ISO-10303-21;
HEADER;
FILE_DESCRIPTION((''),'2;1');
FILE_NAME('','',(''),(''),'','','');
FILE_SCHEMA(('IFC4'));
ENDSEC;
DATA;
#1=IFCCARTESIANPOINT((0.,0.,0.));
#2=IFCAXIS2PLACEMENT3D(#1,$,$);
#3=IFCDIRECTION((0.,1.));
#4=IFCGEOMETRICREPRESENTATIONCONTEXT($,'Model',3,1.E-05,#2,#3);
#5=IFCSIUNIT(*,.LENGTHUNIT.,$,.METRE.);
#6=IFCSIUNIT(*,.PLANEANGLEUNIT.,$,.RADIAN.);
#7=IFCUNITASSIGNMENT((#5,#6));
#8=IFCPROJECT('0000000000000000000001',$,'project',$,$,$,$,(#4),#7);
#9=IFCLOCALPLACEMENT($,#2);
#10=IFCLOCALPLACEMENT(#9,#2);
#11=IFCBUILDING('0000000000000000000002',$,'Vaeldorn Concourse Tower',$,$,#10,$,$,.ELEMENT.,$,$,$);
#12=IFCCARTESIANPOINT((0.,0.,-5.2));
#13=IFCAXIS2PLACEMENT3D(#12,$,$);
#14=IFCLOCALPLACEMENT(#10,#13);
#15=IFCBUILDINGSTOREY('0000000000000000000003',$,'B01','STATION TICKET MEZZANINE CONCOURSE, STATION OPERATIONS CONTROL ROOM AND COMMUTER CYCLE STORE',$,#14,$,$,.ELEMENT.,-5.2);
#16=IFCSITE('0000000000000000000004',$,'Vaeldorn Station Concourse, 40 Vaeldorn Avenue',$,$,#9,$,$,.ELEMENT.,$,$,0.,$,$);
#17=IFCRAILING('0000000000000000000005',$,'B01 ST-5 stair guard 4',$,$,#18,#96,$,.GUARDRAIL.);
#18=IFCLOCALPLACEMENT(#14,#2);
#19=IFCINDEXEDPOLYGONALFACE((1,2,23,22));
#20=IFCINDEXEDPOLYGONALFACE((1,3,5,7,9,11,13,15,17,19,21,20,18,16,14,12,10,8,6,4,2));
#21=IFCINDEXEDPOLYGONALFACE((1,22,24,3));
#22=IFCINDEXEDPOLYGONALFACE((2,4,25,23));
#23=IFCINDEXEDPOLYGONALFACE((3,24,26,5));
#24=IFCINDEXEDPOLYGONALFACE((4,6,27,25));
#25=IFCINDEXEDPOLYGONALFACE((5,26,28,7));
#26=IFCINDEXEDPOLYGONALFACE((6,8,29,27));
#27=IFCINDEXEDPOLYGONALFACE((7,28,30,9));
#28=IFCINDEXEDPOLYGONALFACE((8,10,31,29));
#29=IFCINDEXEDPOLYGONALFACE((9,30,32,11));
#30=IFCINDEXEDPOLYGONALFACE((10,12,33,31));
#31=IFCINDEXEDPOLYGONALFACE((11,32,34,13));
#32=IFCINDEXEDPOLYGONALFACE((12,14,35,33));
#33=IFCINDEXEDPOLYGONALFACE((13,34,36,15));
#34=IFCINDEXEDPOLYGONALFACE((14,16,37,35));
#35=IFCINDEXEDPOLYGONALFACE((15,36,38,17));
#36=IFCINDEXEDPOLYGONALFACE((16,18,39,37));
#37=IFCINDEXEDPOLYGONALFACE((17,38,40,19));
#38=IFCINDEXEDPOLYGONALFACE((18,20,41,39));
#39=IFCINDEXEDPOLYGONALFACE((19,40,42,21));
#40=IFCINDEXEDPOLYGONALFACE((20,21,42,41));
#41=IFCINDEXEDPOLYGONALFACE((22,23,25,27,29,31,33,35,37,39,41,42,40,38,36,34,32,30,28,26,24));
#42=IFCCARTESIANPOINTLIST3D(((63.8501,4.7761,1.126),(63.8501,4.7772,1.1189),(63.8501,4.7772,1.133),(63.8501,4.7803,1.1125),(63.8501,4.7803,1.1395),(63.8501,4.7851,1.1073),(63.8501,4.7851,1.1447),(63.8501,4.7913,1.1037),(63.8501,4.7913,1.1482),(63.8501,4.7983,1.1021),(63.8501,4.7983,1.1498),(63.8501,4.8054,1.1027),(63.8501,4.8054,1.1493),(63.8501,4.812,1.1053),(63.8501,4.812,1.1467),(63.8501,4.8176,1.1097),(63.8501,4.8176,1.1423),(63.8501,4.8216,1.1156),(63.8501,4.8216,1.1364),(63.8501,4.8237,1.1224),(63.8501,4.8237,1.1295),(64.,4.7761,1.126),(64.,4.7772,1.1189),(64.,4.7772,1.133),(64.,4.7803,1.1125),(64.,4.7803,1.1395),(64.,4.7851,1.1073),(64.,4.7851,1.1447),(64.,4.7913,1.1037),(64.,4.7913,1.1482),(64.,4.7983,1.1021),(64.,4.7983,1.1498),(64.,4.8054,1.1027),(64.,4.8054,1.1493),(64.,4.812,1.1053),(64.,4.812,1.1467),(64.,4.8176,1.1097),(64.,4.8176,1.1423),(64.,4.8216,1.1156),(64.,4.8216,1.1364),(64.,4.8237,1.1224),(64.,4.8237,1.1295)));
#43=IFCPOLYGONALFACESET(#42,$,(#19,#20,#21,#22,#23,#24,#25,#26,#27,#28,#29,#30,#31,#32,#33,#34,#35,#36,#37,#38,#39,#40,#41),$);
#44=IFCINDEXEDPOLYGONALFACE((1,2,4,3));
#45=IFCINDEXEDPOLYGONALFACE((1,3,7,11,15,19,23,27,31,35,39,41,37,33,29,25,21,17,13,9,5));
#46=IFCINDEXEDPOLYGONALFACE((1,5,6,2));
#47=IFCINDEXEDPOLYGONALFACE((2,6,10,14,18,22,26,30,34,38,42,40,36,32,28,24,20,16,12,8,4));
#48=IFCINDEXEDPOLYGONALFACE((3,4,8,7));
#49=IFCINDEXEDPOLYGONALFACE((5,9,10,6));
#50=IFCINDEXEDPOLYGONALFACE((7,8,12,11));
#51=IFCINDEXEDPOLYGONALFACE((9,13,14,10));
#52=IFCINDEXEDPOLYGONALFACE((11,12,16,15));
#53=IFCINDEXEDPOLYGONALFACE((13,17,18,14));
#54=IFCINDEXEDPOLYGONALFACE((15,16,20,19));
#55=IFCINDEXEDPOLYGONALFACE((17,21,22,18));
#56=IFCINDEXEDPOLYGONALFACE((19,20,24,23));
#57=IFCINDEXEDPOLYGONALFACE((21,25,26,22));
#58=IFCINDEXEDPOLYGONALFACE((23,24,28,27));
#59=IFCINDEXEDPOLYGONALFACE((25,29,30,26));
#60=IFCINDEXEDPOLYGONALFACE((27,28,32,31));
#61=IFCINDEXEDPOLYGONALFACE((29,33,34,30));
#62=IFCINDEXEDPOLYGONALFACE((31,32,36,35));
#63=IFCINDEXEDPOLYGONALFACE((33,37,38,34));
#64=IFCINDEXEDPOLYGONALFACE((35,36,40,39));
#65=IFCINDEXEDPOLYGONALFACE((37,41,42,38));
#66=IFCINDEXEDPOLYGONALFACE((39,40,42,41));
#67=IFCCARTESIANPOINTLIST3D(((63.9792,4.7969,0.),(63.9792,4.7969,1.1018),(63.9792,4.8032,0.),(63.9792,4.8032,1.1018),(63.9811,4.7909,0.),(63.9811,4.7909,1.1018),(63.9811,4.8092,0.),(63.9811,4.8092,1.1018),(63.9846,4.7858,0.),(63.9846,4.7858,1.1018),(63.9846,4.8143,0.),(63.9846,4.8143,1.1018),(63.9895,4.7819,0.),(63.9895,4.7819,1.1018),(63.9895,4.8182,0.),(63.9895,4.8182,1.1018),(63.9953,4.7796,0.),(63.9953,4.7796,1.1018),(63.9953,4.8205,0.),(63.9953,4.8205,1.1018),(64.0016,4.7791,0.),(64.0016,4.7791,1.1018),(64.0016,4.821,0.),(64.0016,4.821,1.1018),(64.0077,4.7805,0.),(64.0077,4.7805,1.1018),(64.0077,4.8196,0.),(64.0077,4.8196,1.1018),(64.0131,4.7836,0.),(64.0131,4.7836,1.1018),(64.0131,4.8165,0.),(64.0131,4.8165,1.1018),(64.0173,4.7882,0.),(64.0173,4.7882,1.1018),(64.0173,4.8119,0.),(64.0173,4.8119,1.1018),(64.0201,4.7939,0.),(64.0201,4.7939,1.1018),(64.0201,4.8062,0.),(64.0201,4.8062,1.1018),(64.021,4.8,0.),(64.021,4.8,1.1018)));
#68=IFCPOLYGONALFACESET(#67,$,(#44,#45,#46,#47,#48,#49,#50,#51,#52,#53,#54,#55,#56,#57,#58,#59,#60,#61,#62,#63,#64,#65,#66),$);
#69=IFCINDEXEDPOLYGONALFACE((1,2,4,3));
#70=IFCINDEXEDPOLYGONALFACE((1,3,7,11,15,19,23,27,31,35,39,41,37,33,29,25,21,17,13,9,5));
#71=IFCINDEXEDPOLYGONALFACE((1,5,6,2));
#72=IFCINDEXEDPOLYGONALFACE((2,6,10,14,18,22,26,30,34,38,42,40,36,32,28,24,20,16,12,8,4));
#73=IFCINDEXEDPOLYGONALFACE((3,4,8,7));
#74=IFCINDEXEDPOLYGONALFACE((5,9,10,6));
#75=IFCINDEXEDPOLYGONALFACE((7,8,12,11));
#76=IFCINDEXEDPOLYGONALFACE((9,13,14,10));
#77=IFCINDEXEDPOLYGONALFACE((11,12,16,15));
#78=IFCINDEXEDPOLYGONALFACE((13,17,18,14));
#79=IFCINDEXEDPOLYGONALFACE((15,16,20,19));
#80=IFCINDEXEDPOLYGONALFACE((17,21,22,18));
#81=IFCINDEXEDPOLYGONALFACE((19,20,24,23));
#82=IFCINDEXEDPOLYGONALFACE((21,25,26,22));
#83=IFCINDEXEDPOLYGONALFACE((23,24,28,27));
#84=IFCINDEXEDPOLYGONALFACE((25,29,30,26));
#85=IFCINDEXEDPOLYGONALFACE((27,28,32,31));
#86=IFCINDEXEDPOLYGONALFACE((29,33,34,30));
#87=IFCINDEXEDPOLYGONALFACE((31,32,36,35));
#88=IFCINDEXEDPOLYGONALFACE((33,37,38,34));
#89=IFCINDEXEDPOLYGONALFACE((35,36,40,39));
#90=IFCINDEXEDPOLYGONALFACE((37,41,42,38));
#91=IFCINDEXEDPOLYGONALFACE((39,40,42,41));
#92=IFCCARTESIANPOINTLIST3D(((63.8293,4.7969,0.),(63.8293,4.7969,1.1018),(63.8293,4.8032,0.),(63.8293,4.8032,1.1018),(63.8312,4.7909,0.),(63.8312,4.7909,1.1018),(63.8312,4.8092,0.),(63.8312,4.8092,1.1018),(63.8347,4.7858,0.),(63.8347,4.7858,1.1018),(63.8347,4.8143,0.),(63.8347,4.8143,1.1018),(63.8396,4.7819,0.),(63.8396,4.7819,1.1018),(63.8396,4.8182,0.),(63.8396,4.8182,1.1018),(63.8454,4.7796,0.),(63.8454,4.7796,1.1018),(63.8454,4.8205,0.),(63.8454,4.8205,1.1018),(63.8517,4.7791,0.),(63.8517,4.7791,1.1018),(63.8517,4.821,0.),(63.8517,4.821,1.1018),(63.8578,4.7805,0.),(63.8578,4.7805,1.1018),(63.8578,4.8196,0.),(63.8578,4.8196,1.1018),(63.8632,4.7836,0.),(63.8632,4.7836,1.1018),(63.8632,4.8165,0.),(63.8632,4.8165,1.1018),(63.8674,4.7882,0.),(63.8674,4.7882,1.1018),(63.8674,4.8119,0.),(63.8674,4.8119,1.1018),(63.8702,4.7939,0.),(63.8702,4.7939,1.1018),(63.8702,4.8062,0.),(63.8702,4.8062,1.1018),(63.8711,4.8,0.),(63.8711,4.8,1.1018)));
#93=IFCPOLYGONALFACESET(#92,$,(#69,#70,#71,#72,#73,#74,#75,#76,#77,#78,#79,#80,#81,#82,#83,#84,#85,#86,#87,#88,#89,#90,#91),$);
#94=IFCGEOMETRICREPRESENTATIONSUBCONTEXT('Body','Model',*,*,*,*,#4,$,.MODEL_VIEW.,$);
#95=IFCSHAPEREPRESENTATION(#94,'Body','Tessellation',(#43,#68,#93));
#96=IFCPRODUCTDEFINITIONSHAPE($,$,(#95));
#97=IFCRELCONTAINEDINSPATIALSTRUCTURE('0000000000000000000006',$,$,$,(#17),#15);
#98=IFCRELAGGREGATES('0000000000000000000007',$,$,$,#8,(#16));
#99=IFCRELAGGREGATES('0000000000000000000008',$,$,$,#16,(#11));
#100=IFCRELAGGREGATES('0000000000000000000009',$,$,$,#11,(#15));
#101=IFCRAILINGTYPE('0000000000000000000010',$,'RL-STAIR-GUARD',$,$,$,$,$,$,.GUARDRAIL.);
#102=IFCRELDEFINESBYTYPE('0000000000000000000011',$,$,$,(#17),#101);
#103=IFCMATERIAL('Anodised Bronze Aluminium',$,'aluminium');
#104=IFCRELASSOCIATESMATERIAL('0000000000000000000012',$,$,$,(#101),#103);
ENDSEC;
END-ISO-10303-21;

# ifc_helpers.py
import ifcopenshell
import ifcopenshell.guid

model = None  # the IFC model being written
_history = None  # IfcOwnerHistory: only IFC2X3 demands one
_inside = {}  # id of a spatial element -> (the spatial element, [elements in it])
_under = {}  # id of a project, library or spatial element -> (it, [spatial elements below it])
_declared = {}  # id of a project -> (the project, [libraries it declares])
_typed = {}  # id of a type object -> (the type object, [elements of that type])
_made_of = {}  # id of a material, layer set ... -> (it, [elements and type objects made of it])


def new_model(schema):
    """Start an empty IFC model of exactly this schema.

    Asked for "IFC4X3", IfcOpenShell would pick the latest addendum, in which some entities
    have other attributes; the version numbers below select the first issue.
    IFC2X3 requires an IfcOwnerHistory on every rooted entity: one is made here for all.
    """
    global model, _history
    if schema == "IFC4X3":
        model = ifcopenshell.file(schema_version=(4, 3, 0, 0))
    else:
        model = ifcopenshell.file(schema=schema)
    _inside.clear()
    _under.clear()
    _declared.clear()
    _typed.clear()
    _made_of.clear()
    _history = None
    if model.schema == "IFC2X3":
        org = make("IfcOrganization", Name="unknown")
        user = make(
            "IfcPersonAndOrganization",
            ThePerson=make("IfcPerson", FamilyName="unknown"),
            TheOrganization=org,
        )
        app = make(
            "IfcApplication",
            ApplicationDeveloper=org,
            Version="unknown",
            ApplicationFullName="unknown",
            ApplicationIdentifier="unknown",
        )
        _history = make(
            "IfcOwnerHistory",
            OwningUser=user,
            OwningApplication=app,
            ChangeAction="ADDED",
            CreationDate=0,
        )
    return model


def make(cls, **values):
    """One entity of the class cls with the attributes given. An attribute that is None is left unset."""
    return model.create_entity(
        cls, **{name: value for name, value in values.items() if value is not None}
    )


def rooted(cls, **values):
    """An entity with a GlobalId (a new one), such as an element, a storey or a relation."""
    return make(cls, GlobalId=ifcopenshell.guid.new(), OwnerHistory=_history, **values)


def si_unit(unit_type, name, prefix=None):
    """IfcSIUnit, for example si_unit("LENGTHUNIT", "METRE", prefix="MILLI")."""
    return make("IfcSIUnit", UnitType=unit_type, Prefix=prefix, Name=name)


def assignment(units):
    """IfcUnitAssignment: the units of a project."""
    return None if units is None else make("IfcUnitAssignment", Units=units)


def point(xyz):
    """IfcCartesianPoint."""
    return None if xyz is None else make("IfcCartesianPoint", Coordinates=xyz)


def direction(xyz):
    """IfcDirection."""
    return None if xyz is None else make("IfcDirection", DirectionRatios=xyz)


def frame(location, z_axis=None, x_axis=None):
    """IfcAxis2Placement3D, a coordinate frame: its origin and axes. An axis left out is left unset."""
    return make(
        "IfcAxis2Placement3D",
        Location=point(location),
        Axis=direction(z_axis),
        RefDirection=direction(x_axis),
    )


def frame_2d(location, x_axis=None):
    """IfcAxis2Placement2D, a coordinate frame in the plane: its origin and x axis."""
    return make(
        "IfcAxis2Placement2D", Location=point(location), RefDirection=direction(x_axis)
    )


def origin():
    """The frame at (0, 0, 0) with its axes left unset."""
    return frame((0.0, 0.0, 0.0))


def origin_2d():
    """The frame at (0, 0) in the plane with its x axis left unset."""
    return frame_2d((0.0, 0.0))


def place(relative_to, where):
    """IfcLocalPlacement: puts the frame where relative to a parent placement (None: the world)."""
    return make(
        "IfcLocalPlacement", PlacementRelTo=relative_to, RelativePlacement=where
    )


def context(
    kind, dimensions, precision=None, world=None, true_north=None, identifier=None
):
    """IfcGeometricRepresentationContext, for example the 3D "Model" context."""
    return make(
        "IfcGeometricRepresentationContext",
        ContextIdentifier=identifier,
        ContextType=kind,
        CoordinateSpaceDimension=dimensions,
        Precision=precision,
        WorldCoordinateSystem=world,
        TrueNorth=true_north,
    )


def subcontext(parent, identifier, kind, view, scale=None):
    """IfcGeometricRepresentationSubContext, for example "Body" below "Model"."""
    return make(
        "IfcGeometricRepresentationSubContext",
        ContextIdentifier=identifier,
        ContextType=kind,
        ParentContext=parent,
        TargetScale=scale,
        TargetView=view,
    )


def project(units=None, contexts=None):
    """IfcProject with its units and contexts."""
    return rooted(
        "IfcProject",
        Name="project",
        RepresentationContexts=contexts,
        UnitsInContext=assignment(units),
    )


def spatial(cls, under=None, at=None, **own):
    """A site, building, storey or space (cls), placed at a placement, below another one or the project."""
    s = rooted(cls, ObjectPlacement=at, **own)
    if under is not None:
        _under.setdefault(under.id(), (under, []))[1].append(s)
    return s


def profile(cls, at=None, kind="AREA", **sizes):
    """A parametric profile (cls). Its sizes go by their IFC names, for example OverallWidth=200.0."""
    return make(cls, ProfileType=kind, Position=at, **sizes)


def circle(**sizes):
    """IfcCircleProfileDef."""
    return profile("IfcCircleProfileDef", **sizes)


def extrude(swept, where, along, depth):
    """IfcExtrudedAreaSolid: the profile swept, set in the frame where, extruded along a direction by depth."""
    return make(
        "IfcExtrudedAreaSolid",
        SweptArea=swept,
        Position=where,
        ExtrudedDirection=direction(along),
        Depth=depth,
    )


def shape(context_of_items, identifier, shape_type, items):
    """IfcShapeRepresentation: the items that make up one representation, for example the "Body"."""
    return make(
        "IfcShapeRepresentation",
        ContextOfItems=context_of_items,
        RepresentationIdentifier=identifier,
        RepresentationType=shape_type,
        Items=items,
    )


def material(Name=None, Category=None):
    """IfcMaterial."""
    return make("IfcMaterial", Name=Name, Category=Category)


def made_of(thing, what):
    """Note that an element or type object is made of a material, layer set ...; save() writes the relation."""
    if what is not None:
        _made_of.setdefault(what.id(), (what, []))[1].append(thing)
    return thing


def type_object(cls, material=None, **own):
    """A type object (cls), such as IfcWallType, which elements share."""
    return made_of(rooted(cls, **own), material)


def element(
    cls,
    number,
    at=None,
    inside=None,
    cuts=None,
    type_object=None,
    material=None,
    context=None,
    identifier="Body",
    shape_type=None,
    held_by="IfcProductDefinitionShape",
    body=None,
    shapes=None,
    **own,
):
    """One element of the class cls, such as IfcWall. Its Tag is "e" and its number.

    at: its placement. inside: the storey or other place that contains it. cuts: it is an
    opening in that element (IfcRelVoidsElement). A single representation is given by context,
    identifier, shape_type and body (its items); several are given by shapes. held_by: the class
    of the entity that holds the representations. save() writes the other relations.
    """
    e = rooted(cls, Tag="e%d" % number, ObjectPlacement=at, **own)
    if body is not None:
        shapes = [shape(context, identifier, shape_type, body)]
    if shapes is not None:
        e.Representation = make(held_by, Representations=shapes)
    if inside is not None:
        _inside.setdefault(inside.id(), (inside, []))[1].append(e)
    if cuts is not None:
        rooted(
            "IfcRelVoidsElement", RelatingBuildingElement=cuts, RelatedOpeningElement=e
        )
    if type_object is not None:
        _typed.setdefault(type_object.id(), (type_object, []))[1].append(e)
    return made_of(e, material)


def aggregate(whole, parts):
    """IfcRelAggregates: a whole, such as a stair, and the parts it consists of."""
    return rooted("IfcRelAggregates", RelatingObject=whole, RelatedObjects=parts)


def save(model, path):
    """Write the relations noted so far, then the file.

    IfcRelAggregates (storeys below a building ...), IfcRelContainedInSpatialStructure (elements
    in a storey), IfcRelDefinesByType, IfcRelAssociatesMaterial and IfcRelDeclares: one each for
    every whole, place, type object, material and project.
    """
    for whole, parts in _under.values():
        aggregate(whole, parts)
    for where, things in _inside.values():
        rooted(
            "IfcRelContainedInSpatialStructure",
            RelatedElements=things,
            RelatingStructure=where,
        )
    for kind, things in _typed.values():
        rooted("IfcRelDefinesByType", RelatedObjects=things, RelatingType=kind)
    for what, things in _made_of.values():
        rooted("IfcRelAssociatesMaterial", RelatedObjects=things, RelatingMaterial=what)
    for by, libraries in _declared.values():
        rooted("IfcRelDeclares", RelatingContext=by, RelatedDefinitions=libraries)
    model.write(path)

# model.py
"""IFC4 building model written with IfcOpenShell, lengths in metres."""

from ifc_helpers import new_model, si_unit, direction, frame, origin, origin_2d, place, context, subcontext, project, spatial, circle, extrude, material, type_object, element, save


model = new_model("IFC4")

# Units and contexts
model_context = context("Model", 3, precision=1e-05, world=origin(), true_north=direction((0.0, 1.0)))
body_context = subcontext(model_context, "Body", "Model", "MODEL_VIEW")
ifc_project = project(units=[si_unit("LENGTHUNIT", "METRE"), si_unit("PLANEANGLEUNIT", "RADIAN")], contexts=[model_context])

# Site, building, storey
site_placement = place(None, origin())
site = spatial("IfcSite", under=ifc_project, at=site_placement, Name="Vaeldorn Station Concourse, 40 Vaeldorn Avenue", CompositionType="ELEMENT", RefElevation=0.0)
building_placement = place(site_placement, origin())
building = spatial("IfcBuilding", under=site, at=building_placement, Name="Vaeldorn Concourse Tower", CompositionType="ELEMENT")
storey_placement = place(building_placement, frame((0.0, 0.0, -5.2)))
storey = spatial("IfcBuildingStorey", under=building, at=storey_placement, Name="B01", Description="STATION TICKET MEZZANINE CONCOURSE, STATION OPERATIONS CONTROL ROOM AND COMMUTER CYCLE STORE", CompositionType="ELEMENT", Elevation=-5.2)

# Railing
ifc_material_1 = material(Name="Anodised Bronze Aluminium", Category="aluminium")
railing_type_1 = type_object("IfcRailingType", Name="RL-STAIR-GUARD", PredefinedType="GUARDRAIL", material=ifc_material_1)
railing_1_placement = place(storey_placement, frame((64.0, 4.8, 0.0)))
element("IfcRailing", 1, at=railing_1_placement, inside=storey, type_object=railing_type_1, Name="B01 ST-5 stair guard 4", PredefinedType="GUARDRAIL", context=body_context, shape_type="SweptSolid", body=[
    extrude(circle(Radius=0.0239, at=origin_2d()), frame((0.0, 0.0, 1.126), z_axis=(-1.0, 0.0, 0.0), x_axis=(0.0, -1.0, 0.0)), (0.0, 0.0, 1.0), 0.1499),
    extrude(circle(Radius=0.021, at=origin_2d()), origin(), (0.0, 0.0, 1.0), 1.1018),
    extrude(circle(Radius=0.021, at=origin_2d()), frame((-0.1499, 0.0, 0.0)), (0.0, 0.0, 1.0), 1.1018),
])

save(model, "model.ifc")
